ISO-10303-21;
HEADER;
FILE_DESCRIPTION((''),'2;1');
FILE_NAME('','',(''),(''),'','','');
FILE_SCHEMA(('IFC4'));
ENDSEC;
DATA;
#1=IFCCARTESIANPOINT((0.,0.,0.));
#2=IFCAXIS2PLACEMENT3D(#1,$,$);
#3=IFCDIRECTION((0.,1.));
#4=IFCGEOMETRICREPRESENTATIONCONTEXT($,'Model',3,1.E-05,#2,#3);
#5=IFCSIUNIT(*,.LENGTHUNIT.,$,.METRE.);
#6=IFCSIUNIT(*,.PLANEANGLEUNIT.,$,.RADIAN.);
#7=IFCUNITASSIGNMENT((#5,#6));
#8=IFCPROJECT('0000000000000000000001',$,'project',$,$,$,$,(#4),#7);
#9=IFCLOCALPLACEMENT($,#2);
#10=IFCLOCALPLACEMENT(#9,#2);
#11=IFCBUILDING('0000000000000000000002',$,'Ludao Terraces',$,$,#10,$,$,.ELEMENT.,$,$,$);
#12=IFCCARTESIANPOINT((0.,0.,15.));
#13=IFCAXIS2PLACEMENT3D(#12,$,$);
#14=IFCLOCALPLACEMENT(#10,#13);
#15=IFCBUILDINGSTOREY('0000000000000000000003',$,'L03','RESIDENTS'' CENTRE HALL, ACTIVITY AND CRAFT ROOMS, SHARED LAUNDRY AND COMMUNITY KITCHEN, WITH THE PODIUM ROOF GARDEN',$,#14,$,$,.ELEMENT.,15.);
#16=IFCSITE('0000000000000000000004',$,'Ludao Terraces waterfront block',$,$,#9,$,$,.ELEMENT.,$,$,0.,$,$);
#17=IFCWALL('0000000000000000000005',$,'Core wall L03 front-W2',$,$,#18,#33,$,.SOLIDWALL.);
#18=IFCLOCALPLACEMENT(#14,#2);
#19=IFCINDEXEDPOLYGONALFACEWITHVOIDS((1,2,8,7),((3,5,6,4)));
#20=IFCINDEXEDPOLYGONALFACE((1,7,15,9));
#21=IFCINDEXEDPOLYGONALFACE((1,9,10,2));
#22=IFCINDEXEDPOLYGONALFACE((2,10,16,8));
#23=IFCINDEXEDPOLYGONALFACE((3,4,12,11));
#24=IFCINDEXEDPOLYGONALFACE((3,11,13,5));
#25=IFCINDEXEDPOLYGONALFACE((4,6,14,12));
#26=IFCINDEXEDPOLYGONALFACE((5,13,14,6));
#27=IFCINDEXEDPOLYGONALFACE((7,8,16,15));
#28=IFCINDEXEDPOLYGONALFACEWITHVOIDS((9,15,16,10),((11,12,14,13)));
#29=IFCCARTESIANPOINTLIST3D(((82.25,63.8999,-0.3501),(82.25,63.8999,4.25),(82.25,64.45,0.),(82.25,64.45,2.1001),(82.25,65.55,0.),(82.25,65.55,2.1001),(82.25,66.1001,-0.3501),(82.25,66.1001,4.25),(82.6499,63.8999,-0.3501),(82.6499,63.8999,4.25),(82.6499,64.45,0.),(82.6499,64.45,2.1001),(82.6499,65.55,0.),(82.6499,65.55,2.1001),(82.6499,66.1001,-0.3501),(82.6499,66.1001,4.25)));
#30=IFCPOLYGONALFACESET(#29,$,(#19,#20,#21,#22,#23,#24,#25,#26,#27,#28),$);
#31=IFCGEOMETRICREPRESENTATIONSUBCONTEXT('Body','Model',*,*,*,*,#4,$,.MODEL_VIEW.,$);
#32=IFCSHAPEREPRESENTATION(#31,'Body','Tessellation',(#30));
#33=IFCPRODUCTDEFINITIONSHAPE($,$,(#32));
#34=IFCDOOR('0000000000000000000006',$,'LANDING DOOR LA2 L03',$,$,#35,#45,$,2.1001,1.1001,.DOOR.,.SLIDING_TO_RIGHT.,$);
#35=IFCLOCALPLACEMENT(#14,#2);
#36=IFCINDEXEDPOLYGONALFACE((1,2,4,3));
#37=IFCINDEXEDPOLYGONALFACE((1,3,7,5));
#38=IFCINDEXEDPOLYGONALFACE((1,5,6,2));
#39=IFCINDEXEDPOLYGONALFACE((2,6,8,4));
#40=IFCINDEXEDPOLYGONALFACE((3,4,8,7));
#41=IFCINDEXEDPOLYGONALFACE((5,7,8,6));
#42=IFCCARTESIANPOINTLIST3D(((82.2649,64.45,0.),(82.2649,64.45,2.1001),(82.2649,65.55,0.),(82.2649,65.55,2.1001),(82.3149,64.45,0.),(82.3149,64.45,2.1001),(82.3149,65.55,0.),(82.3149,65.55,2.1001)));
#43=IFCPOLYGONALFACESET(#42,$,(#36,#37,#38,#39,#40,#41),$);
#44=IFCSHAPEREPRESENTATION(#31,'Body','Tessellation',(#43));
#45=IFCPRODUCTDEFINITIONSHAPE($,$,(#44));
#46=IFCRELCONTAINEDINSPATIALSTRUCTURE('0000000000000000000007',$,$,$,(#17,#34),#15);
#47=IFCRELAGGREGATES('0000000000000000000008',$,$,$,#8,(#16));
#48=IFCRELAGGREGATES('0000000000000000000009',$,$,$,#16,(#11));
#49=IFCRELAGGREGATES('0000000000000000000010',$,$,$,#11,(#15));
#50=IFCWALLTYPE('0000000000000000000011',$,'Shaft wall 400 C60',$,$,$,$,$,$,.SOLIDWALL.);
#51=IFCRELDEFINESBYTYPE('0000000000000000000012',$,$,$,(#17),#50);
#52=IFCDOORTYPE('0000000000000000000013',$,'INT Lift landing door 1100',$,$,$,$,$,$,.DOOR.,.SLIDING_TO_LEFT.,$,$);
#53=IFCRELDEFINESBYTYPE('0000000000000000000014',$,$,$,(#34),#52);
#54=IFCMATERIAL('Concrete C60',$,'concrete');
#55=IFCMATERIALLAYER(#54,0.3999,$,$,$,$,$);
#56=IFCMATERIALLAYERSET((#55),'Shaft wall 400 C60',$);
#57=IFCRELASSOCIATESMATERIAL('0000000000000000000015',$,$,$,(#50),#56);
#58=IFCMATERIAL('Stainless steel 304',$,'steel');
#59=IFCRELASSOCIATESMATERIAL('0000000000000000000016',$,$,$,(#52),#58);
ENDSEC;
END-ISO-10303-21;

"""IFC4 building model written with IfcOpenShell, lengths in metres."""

from ifc_helpers import new_model, si_unit, direction, frame, frame_2d, origin, place, context, subcontext, project, spatial, rectangle, extrude, material, layer, layer_set, type_object, element, fill, save


model = new_model("IFC4")

# Units and contexts
model_context = context("Model", 3, precision=1e-05, world=origin(), true_north=direction((0.0, 1.0)))
body_context = subcontext(model_context, "Body", "Model", "MODEL_VIEW")
ifc_project = project(units=[si_unit("LENGTHUNIT", "METRE"), si_unit("PLANEANGLEUNIT", "RADIAN")], contexts=[model_context])

# Site, building, storey
site_placement = place(None, origin())
site = spatial("IfcSite", under=ifc_project, at=site_placement, Name="Ludao Terraces waterfront block", CompositionType="ELEMENT", RefElevation=0.0)
building_placement = place(site_placement, origin())
building = spatial("IfcBuilding", under=site, at=building_placement, Name="Ludao Terraces", CompositionType="ELEMENT")
storey_placement = place(building_placement, frame((0.0, 0.0, 15.0)))
storey = spatial("IfcBuildingStorey", under=building, at=storey_placement, Name="L03", Description="RESIDENTS' CENTRE HALL, ACTIVITY AND CRAFT ROOMS, SHARED LAUNDRY AND COMMUNITY KITCHEN, WITH THE PODIUM ROOF GARDEN", CompositionType="ELEMENT", Elevation=15.0)

# Shared definitions
ifc_material_1 = material(Name="Concrete C60", Category="concrete")

# Shared definitions
ifc_layer_1 = layer(ifc_material_1, 0.3999)
ifc_layer_set_1 = layer_set([ifc_layer_1], Name="Shaft wall 400 C60")
wall_type_1 = type_object("IfcWallType", Name="Shaft wall 400 C60", PredefinedType="SOLIDWALL", material=ifc_layer_set_1)

# Shared definitions
ifc_material_2 = material(Name="Stainless steel 304", Category="steel")
door_type_1 = type_object("IfcDoorType", Name="INT Lift landing door 1100", OperationType="SLIDING_TO_LEFT", PredefinedType="DOOR", material=ifc_material_2)

# Wall, opening, door
wall_1_placement = place(storey_placement, frame((82.45, 63.8999, -0.3501), z_axis=(0.0, 0.0, 1.0), x_axis=(0.0, 1.0, 0.0)))
wall_1 = element("IfcWall", 1, at=wall_1_placement, inside=storey, type_object=wall_type_1, Name="Core wall L03 front-W2", PredefinedType="SOLIDWALL", context=body_context, shape_type="SweptSolid", body=[
    extrude(rectangle(XDim=2.2002, YDim=0.3999, at=frame_2d((1.1001, 0.0))), origin(), (0.0, 0.0, 1.0), 4.6001),
])
opening_1_placement = place(wall_1_placement, frame((0.55, 0.0, 0.3501)))
opening_1 = element("IfcOpeningElement", 2, at=opening_1_placement, cuts=wall_1, PredefinedType="OPENING", context=body_context, shape_type="SweptSolid", body=[
    extrude(rectangle(XDim=1.1001, YDim=2.1001, at=frame_2d((0.55, 1.05))), frame((0.0, 0.21, 0.0), z_axis=(0.0, -1.0, 0.0), x_axis=(1.0, 0.0, 0.0)), (0.0, 0.0, 1.0), 0.4199),
])
door_1_placement = place(opening_1_placement, origin())
door_1 = element("IfcDoor", 3, at=door_1_placement, inside=storey, type_object=door_type_1, Name="LANDING DOOR LA2 L03", OperationType="SLIDING_TO_RIGHT", OverallHeight=2.1001, OverallWidth=1.1001, PredefinedType="DOOR", context=body_context, shape_type="SweptSolid", body=[
    extrude(rectangle(XDim=1.1001, YDim=2.1001, at=frame_2d((0.55, 1.05))), frame((0.0, 0.1851, 0.0), z_axis=(0.0, -1.0, 0.0), x_axis=(1.0, 0.0, 0.0)), (0.0, 0.0, 1.0), 0.05),
])
fill(opening_1, door_1)

save(model, "model.ifc")
